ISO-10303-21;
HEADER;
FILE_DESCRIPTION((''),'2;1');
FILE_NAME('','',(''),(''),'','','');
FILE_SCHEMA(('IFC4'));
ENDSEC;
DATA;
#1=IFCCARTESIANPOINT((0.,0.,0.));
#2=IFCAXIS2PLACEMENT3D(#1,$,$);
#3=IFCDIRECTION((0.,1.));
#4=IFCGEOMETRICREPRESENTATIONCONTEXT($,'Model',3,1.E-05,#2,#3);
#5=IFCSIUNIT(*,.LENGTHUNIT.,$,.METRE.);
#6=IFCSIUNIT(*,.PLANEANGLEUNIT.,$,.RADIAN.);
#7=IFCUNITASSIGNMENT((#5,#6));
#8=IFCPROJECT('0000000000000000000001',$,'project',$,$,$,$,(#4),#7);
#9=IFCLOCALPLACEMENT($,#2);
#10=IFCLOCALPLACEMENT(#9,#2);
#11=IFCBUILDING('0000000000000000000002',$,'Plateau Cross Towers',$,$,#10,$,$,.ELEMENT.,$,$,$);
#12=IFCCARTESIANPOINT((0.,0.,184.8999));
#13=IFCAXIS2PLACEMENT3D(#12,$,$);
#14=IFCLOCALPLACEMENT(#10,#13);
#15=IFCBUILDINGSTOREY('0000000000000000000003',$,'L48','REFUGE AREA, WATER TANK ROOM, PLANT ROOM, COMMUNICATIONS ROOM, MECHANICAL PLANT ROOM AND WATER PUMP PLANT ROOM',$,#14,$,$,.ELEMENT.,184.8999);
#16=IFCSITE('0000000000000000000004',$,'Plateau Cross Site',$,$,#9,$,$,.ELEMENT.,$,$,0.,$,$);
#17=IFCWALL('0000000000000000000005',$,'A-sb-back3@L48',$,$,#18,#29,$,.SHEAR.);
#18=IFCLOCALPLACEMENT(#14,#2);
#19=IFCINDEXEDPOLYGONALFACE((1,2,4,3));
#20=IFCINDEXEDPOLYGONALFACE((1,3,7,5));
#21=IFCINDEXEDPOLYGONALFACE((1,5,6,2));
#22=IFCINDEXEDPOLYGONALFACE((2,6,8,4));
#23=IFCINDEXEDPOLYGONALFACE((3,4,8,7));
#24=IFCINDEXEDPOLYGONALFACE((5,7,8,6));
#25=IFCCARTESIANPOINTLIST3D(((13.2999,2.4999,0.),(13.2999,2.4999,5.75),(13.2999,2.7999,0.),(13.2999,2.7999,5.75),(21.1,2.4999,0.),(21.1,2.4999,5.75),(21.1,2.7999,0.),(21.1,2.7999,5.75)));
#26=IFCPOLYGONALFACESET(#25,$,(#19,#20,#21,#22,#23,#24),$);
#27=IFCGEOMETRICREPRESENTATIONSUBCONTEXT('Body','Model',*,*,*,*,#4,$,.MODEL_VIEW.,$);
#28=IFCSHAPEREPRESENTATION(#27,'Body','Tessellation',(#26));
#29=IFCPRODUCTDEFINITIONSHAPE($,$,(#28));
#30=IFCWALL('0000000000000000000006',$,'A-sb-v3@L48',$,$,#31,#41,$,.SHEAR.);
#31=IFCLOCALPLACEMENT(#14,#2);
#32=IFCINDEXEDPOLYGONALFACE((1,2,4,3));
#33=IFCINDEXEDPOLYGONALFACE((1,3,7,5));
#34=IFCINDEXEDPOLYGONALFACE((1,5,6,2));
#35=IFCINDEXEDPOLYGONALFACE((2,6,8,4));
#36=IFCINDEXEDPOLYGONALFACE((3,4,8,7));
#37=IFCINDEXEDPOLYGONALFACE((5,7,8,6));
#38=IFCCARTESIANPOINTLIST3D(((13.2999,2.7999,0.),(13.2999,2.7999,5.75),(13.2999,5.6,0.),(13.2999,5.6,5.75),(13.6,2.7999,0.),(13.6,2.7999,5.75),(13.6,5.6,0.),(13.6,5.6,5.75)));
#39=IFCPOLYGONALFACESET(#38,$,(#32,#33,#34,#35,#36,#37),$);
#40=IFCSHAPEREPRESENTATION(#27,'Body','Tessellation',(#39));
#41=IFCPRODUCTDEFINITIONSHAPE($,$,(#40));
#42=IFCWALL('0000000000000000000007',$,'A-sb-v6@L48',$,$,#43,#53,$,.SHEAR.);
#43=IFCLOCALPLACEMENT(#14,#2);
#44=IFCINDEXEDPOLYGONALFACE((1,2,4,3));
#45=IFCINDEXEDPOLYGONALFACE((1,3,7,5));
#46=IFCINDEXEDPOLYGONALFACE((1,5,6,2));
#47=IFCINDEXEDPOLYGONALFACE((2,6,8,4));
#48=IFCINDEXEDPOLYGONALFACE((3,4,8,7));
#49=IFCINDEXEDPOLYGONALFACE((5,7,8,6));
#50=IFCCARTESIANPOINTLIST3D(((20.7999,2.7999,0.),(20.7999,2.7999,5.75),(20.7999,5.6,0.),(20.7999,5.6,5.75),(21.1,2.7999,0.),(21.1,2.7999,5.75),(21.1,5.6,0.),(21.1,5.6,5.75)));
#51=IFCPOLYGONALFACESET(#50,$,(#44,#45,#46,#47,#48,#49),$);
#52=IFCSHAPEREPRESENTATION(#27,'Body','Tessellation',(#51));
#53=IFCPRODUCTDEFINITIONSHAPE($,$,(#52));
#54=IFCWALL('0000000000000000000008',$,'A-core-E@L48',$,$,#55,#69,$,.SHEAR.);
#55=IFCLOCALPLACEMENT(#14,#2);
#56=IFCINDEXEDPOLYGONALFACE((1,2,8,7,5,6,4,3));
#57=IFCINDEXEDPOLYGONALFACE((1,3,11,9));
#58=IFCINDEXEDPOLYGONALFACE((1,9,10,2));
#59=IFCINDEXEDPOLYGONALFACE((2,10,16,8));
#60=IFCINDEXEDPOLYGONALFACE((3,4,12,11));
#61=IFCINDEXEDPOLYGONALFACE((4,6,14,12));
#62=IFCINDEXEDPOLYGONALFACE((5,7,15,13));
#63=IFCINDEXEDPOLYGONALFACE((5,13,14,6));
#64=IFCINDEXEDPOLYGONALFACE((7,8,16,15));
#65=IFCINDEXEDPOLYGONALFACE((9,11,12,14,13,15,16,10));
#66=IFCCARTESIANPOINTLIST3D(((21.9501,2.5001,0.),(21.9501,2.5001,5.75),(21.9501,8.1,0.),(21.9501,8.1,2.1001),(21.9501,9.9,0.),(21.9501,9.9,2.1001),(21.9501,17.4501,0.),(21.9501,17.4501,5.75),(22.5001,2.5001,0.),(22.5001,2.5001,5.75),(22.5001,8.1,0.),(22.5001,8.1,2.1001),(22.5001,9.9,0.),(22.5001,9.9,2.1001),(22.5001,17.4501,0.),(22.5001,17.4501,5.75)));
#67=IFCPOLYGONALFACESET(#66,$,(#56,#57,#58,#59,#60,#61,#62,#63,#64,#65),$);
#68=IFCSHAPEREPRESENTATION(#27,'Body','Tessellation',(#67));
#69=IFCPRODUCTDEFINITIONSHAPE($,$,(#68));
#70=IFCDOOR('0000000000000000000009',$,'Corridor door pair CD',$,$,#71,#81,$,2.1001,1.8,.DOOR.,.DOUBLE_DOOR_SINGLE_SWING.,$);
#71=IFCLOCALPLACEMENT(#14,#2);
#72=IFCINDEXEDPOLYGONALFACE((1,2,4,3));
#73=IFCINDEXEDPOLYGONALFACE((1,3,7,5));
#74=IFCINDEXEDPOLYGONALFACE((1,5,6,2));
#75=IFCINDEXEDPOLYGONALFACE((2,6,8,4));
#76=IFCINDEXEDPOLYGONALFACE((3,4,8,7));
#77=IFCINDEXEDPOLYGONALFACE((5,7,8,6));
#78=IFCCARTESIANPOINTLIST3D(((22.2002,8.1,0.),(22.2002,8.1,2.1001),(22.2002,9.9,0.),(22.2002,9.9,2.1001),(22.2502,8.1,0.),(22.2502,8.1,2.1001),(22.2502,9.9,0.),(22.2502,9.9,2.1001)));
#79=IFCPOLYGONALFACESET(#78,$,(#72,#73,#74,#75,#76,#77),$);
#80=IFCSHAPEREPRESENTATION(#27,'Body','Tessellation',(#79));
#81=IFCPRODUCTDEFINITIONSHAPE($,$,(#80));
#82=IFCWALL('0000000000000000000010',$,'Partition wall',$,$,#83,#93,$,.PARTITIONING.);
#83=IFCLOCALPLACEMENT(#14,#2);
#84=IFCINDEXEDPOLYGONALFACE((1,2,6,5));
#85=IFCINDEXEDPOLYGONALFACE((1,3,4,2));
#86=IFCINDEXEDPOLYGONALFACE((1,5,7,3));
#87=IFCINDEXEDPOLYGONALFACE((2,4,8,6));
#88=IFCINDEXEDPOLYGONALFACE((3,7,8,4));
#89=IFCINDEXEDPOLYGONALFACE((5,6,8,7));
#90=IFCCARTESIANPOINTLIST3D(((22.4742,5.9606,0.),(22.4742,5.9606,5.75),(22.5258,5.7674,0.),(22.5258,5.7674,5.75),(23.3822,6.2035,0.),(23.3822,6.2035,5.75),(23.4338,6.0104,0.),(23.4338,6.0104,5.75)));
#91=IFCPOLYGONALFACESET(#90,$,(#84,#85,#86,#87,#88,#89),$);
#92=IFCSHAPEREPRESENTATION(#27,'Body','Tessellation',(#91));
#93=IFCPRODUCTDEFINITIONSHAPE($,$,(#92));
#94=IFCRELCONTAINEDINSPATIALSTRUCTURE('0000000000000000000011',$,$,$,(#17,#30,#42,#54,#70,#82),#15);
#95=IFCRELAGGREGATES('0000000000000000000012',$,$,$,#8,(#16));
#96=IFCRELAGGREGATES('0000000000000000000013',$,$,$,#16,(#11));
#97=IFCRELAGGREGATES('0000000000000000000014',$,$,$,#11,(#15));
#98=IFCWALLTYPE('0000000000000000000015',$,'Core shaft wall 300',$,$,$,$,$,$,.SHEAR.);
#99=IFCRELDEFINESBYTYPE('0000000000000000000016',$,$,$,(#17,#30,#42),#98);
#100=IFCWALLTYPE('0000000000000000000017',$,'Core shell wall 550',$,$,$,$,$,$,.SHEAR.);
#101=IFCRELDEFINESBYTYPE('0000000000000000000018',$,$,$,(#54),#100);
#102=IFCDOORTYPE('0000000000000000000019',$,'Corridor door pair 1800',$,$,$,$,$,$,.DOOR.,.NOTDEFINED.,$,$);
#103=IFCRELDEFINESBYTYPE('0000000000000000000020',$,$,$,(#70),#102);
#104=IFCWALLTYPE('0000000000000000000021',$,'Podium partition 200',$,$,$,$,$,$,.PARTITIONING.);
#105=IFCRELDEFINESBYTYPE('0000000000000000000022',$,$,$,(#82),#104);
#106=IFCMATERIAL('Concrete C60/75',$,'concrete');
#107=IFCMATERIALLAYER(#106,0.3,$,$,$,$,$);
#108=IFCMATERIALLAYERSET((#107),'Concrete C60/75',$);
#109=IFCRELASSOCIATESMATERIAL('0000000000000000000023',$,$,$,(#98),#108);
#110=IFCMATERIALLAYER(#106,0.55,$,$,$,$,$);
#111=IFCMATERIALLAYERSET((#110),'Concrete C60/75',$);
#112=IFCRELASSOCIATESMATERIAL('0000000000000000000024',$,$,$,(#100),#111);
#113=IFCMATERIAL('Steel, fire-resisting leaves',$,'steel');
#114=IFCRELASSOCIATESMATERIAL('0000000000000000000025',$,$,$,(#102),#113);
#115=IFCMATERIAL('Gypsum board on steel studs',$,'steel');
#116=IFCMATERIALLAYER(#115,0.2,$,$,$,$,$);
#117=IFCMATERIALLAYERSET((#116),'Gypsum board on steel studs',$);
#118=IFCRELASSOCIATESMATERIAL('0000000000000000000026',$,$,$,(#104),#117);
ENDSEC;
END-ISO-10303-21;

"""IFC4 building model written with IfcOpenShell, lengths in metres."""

from ifc_helpers import new_model, si_unit, direction, frame, frame_2d, origin, place, context, subcontext, project, spatial, rectangle, extrude, material, layer, layer_set, type_object, element, fill, save


model = new_model("IFC4")

# Units and contexts
model_context = context("Model", 3, precision=1e-05, world=origin(), true_north=direction((0.0, 1.0)))
body_context = subcontext(model_context, "Body", "Model", "MODEL_VIEW")
ifc_project = project(units=[si_unit("LENGTHUNIT", "METRE"), si_unit("PLANEANGLEUNIT", "RADIAN")], contexts=[model_context])

# Site, building, storey
site_placement = place(None, origin())
site = spatial("IfcSite", under=ifc_project, at=site_placement, Name="Plateau Cross Site", CompositionType="ELEMENT", RefElevation=0.0)
building_placement = place(site_placement, origin())
building = spatial("IfcBuilding", under=site, at=building_placement, Name="Plateau Cross Towers", CompositionType="ELEMENT")
storey_placement = place(building_placement, frame((0.0, 0.0, 184.8999)))
storey = spatial("IfcBuildingStorey", under=building, at=storey_placement, Name="L48", Description="REFUGE AREA, WATER TANK ROOM, PLANT ROOM, COMMUNICATIONS ROOM, MECHANICAL PLANT ROOM AND WATER PUMP PLANT ROOM", CompositionType="ELEMENT", Elevation=184.8999)

# Shared definitions
ifc_material_1 = material(Name="Concrete C60/75", Category="concrete")

# Walls
ifc_layer_1 = layer(ifc_material_1, 0.3)
ifc_layer_set_1 = layer_set([ifc_layer_1], Name="Concrete C60/75")
wall_type_1 = type_object("IfcWallType", Name="Core shaft wall 300", PredefinedType="SHEAR", material=ifc_layer_set_1)
wall_1_placement = place(storey_placement, frame((13.3, 2.6499, 0.0), z_axis=(0.0, 0.0, 1.0), x_axis=(1.0, 0.0, 0.0)))
element("IfcWall", 1, at=wall_1_placement, inside=storey, type_object=wall_type_1, Name="A-sb-back3@L48", PredefinedType="SHEAR", context=body_context, shape_type="SweptSolid", body=[
    extrude(rectangle(XDim=7.8, YDim=0.3, at=frame_2d((3.8999, 0.0))), origin(), (0.0, 0.0, 1.0), 5.75),
])
for number, where, z_axis, x_axis, name in (
    (2, (13.45, 2.8, 0.0), (0.0, 0.0, 1.0), (0.0, 1.0, 0.0), "A-sb-v3@L48"),
    (3, (20.95, 2.8, 0.0), (0.0, 0.0, 1.0), (0.0, 1.0, 0.0), "A-sb-v6@L48"),
):
    element("IfcWall", number, at=place(storey_placement, frame(where, z_axis=z_axis, x_axis=x_axis)), inside=storey, type_object=wall_type_1, Name=name, PredefinedType="SHEAR", context=body_context, shape_type="SweptSolid", body=[
        extrude(rectangle(XDim=2.8, YDim=0.3, at=frame_2d((1.3999, 0.0))), origin(), (0.0, 0.0, 1.0), 5.75),
    ])

# Wall, opening, door
ifc_layer_2 = layer(ifc_material_1, 0.55)
ifc_layer_set_2 = layer_set([ifc_layer_2], Name="Concrete C60/75")
wall_type_2 = type_object("IfcWallType", Name="Core shell wall 550", PredefinedType="SHEAR", material=ifc_layer_set_2)
wall_2_placement = place(storey_placement, frame((22.2251, 2.5, 0.0), z_axis=(0.0, 0.0, 1.0), x_axis=(0.0, 1.0, 0.0)))
wall_2 = element("IfcWall", 4, at=wall_2_placement, inside=storey, type_object=wall_type_2, Name="A-core-E@L48", PredefinedType="SHEAR", context=body_context, shape_type="SweptSolid", body=[
    extrude(rectangle(XDim=14.95, YDim=0.55, at=frame_2d((7.4751, 0.0))), origin(), (0.0, 0.0, 1.0), 5.75),
])
opening_placement = place(wall_2_placement, frame((5.6001, 0.0, 0.0)))
opening = element("IfcOpeningElement", 5, at=opening_placement, cuts=wall_2, PredefinedType="OPENING", context=body_context, shape_type="SweptSolid", body=[
    extrude(rectangle(XDim=1.8, YDim=2.1001, at=frame_2d((0.8999, 1.05))), frame((0.0, 0.2849, 0.0), z_axis=(0.0, -1.0, 0.0), x_axis=(1.0, 0.0, 0.0)), (0.0, 0.0, 1.0), 0.5701),
])
ifc_material_2 = material(Name="Steel, fire-resisting leaves", Category="steel")
door_type = type_object("IfcDoorType", Name="Corridor door pair 1800", OperationType="NOTDEFINED", PredefinedType="DOOR", material=ifc_material_2)
door_placement = place(opening_placement, origin())
door = element("IfcDoor", 6, at=door_placement, inside=storey, type_object=door_type, Name="Corridor door pair CD", OperationType="DOUBLE_DOOR_SINGLE_SWING", OverallHeight=2.1001, OverallWidth=1.8, PredefinedType="DOOR", context=body_context, shape_type="SweptSolid", body=[
    extrude(rectangle(XDim=1.8, YDim=2.1001, at=frame_2d((0.8999, 1.05))), frame((0.0, 0.0249, 0.0), z_axis=(0.0, -1.0, 0.0), x_axis=(1.0, 0.0, 0.0)), (0.0, 0.0, 1.0), 0.05),
])
fill(opening, door)

# Wall
ifc_material_3 = material(Name="Gypsum board on steel studs", Category="steel")
ifc_layer_3 = layer(ifc_material_3, 0.2)
ifc_layer_set_3 = layer_set([ifc_layer_3], Name="Gypsum board on steel studs")
wall_type_3 = type_object("IfcWallType", Name="Podium partition 200", PredefinedType="PARTITIONING", material=ifc_layer_set_3)
wall_3_placement = place(storey_placement, frame((22.5, 5.864, 0.0), z_axis=(0.0, 0.0, 1.0), x_axis=(0.966023, 0.258455, 0.0)))
element("IfcWall", 7, at=wall_3_placement, inside=storey, type_object=wall_type_3, Name="Partition wall", PredefinedType="PARTITIONING", context=body_context, shape_type="SweptSolid", body=[
    extrude(rectangle(XDim=0.9399, YDim=0.2, at=frame_2d((0.47, 0.0))), origin(), (0.0, 0.0, 1.0), 5.75),
])

save(model, "model.ifc")
